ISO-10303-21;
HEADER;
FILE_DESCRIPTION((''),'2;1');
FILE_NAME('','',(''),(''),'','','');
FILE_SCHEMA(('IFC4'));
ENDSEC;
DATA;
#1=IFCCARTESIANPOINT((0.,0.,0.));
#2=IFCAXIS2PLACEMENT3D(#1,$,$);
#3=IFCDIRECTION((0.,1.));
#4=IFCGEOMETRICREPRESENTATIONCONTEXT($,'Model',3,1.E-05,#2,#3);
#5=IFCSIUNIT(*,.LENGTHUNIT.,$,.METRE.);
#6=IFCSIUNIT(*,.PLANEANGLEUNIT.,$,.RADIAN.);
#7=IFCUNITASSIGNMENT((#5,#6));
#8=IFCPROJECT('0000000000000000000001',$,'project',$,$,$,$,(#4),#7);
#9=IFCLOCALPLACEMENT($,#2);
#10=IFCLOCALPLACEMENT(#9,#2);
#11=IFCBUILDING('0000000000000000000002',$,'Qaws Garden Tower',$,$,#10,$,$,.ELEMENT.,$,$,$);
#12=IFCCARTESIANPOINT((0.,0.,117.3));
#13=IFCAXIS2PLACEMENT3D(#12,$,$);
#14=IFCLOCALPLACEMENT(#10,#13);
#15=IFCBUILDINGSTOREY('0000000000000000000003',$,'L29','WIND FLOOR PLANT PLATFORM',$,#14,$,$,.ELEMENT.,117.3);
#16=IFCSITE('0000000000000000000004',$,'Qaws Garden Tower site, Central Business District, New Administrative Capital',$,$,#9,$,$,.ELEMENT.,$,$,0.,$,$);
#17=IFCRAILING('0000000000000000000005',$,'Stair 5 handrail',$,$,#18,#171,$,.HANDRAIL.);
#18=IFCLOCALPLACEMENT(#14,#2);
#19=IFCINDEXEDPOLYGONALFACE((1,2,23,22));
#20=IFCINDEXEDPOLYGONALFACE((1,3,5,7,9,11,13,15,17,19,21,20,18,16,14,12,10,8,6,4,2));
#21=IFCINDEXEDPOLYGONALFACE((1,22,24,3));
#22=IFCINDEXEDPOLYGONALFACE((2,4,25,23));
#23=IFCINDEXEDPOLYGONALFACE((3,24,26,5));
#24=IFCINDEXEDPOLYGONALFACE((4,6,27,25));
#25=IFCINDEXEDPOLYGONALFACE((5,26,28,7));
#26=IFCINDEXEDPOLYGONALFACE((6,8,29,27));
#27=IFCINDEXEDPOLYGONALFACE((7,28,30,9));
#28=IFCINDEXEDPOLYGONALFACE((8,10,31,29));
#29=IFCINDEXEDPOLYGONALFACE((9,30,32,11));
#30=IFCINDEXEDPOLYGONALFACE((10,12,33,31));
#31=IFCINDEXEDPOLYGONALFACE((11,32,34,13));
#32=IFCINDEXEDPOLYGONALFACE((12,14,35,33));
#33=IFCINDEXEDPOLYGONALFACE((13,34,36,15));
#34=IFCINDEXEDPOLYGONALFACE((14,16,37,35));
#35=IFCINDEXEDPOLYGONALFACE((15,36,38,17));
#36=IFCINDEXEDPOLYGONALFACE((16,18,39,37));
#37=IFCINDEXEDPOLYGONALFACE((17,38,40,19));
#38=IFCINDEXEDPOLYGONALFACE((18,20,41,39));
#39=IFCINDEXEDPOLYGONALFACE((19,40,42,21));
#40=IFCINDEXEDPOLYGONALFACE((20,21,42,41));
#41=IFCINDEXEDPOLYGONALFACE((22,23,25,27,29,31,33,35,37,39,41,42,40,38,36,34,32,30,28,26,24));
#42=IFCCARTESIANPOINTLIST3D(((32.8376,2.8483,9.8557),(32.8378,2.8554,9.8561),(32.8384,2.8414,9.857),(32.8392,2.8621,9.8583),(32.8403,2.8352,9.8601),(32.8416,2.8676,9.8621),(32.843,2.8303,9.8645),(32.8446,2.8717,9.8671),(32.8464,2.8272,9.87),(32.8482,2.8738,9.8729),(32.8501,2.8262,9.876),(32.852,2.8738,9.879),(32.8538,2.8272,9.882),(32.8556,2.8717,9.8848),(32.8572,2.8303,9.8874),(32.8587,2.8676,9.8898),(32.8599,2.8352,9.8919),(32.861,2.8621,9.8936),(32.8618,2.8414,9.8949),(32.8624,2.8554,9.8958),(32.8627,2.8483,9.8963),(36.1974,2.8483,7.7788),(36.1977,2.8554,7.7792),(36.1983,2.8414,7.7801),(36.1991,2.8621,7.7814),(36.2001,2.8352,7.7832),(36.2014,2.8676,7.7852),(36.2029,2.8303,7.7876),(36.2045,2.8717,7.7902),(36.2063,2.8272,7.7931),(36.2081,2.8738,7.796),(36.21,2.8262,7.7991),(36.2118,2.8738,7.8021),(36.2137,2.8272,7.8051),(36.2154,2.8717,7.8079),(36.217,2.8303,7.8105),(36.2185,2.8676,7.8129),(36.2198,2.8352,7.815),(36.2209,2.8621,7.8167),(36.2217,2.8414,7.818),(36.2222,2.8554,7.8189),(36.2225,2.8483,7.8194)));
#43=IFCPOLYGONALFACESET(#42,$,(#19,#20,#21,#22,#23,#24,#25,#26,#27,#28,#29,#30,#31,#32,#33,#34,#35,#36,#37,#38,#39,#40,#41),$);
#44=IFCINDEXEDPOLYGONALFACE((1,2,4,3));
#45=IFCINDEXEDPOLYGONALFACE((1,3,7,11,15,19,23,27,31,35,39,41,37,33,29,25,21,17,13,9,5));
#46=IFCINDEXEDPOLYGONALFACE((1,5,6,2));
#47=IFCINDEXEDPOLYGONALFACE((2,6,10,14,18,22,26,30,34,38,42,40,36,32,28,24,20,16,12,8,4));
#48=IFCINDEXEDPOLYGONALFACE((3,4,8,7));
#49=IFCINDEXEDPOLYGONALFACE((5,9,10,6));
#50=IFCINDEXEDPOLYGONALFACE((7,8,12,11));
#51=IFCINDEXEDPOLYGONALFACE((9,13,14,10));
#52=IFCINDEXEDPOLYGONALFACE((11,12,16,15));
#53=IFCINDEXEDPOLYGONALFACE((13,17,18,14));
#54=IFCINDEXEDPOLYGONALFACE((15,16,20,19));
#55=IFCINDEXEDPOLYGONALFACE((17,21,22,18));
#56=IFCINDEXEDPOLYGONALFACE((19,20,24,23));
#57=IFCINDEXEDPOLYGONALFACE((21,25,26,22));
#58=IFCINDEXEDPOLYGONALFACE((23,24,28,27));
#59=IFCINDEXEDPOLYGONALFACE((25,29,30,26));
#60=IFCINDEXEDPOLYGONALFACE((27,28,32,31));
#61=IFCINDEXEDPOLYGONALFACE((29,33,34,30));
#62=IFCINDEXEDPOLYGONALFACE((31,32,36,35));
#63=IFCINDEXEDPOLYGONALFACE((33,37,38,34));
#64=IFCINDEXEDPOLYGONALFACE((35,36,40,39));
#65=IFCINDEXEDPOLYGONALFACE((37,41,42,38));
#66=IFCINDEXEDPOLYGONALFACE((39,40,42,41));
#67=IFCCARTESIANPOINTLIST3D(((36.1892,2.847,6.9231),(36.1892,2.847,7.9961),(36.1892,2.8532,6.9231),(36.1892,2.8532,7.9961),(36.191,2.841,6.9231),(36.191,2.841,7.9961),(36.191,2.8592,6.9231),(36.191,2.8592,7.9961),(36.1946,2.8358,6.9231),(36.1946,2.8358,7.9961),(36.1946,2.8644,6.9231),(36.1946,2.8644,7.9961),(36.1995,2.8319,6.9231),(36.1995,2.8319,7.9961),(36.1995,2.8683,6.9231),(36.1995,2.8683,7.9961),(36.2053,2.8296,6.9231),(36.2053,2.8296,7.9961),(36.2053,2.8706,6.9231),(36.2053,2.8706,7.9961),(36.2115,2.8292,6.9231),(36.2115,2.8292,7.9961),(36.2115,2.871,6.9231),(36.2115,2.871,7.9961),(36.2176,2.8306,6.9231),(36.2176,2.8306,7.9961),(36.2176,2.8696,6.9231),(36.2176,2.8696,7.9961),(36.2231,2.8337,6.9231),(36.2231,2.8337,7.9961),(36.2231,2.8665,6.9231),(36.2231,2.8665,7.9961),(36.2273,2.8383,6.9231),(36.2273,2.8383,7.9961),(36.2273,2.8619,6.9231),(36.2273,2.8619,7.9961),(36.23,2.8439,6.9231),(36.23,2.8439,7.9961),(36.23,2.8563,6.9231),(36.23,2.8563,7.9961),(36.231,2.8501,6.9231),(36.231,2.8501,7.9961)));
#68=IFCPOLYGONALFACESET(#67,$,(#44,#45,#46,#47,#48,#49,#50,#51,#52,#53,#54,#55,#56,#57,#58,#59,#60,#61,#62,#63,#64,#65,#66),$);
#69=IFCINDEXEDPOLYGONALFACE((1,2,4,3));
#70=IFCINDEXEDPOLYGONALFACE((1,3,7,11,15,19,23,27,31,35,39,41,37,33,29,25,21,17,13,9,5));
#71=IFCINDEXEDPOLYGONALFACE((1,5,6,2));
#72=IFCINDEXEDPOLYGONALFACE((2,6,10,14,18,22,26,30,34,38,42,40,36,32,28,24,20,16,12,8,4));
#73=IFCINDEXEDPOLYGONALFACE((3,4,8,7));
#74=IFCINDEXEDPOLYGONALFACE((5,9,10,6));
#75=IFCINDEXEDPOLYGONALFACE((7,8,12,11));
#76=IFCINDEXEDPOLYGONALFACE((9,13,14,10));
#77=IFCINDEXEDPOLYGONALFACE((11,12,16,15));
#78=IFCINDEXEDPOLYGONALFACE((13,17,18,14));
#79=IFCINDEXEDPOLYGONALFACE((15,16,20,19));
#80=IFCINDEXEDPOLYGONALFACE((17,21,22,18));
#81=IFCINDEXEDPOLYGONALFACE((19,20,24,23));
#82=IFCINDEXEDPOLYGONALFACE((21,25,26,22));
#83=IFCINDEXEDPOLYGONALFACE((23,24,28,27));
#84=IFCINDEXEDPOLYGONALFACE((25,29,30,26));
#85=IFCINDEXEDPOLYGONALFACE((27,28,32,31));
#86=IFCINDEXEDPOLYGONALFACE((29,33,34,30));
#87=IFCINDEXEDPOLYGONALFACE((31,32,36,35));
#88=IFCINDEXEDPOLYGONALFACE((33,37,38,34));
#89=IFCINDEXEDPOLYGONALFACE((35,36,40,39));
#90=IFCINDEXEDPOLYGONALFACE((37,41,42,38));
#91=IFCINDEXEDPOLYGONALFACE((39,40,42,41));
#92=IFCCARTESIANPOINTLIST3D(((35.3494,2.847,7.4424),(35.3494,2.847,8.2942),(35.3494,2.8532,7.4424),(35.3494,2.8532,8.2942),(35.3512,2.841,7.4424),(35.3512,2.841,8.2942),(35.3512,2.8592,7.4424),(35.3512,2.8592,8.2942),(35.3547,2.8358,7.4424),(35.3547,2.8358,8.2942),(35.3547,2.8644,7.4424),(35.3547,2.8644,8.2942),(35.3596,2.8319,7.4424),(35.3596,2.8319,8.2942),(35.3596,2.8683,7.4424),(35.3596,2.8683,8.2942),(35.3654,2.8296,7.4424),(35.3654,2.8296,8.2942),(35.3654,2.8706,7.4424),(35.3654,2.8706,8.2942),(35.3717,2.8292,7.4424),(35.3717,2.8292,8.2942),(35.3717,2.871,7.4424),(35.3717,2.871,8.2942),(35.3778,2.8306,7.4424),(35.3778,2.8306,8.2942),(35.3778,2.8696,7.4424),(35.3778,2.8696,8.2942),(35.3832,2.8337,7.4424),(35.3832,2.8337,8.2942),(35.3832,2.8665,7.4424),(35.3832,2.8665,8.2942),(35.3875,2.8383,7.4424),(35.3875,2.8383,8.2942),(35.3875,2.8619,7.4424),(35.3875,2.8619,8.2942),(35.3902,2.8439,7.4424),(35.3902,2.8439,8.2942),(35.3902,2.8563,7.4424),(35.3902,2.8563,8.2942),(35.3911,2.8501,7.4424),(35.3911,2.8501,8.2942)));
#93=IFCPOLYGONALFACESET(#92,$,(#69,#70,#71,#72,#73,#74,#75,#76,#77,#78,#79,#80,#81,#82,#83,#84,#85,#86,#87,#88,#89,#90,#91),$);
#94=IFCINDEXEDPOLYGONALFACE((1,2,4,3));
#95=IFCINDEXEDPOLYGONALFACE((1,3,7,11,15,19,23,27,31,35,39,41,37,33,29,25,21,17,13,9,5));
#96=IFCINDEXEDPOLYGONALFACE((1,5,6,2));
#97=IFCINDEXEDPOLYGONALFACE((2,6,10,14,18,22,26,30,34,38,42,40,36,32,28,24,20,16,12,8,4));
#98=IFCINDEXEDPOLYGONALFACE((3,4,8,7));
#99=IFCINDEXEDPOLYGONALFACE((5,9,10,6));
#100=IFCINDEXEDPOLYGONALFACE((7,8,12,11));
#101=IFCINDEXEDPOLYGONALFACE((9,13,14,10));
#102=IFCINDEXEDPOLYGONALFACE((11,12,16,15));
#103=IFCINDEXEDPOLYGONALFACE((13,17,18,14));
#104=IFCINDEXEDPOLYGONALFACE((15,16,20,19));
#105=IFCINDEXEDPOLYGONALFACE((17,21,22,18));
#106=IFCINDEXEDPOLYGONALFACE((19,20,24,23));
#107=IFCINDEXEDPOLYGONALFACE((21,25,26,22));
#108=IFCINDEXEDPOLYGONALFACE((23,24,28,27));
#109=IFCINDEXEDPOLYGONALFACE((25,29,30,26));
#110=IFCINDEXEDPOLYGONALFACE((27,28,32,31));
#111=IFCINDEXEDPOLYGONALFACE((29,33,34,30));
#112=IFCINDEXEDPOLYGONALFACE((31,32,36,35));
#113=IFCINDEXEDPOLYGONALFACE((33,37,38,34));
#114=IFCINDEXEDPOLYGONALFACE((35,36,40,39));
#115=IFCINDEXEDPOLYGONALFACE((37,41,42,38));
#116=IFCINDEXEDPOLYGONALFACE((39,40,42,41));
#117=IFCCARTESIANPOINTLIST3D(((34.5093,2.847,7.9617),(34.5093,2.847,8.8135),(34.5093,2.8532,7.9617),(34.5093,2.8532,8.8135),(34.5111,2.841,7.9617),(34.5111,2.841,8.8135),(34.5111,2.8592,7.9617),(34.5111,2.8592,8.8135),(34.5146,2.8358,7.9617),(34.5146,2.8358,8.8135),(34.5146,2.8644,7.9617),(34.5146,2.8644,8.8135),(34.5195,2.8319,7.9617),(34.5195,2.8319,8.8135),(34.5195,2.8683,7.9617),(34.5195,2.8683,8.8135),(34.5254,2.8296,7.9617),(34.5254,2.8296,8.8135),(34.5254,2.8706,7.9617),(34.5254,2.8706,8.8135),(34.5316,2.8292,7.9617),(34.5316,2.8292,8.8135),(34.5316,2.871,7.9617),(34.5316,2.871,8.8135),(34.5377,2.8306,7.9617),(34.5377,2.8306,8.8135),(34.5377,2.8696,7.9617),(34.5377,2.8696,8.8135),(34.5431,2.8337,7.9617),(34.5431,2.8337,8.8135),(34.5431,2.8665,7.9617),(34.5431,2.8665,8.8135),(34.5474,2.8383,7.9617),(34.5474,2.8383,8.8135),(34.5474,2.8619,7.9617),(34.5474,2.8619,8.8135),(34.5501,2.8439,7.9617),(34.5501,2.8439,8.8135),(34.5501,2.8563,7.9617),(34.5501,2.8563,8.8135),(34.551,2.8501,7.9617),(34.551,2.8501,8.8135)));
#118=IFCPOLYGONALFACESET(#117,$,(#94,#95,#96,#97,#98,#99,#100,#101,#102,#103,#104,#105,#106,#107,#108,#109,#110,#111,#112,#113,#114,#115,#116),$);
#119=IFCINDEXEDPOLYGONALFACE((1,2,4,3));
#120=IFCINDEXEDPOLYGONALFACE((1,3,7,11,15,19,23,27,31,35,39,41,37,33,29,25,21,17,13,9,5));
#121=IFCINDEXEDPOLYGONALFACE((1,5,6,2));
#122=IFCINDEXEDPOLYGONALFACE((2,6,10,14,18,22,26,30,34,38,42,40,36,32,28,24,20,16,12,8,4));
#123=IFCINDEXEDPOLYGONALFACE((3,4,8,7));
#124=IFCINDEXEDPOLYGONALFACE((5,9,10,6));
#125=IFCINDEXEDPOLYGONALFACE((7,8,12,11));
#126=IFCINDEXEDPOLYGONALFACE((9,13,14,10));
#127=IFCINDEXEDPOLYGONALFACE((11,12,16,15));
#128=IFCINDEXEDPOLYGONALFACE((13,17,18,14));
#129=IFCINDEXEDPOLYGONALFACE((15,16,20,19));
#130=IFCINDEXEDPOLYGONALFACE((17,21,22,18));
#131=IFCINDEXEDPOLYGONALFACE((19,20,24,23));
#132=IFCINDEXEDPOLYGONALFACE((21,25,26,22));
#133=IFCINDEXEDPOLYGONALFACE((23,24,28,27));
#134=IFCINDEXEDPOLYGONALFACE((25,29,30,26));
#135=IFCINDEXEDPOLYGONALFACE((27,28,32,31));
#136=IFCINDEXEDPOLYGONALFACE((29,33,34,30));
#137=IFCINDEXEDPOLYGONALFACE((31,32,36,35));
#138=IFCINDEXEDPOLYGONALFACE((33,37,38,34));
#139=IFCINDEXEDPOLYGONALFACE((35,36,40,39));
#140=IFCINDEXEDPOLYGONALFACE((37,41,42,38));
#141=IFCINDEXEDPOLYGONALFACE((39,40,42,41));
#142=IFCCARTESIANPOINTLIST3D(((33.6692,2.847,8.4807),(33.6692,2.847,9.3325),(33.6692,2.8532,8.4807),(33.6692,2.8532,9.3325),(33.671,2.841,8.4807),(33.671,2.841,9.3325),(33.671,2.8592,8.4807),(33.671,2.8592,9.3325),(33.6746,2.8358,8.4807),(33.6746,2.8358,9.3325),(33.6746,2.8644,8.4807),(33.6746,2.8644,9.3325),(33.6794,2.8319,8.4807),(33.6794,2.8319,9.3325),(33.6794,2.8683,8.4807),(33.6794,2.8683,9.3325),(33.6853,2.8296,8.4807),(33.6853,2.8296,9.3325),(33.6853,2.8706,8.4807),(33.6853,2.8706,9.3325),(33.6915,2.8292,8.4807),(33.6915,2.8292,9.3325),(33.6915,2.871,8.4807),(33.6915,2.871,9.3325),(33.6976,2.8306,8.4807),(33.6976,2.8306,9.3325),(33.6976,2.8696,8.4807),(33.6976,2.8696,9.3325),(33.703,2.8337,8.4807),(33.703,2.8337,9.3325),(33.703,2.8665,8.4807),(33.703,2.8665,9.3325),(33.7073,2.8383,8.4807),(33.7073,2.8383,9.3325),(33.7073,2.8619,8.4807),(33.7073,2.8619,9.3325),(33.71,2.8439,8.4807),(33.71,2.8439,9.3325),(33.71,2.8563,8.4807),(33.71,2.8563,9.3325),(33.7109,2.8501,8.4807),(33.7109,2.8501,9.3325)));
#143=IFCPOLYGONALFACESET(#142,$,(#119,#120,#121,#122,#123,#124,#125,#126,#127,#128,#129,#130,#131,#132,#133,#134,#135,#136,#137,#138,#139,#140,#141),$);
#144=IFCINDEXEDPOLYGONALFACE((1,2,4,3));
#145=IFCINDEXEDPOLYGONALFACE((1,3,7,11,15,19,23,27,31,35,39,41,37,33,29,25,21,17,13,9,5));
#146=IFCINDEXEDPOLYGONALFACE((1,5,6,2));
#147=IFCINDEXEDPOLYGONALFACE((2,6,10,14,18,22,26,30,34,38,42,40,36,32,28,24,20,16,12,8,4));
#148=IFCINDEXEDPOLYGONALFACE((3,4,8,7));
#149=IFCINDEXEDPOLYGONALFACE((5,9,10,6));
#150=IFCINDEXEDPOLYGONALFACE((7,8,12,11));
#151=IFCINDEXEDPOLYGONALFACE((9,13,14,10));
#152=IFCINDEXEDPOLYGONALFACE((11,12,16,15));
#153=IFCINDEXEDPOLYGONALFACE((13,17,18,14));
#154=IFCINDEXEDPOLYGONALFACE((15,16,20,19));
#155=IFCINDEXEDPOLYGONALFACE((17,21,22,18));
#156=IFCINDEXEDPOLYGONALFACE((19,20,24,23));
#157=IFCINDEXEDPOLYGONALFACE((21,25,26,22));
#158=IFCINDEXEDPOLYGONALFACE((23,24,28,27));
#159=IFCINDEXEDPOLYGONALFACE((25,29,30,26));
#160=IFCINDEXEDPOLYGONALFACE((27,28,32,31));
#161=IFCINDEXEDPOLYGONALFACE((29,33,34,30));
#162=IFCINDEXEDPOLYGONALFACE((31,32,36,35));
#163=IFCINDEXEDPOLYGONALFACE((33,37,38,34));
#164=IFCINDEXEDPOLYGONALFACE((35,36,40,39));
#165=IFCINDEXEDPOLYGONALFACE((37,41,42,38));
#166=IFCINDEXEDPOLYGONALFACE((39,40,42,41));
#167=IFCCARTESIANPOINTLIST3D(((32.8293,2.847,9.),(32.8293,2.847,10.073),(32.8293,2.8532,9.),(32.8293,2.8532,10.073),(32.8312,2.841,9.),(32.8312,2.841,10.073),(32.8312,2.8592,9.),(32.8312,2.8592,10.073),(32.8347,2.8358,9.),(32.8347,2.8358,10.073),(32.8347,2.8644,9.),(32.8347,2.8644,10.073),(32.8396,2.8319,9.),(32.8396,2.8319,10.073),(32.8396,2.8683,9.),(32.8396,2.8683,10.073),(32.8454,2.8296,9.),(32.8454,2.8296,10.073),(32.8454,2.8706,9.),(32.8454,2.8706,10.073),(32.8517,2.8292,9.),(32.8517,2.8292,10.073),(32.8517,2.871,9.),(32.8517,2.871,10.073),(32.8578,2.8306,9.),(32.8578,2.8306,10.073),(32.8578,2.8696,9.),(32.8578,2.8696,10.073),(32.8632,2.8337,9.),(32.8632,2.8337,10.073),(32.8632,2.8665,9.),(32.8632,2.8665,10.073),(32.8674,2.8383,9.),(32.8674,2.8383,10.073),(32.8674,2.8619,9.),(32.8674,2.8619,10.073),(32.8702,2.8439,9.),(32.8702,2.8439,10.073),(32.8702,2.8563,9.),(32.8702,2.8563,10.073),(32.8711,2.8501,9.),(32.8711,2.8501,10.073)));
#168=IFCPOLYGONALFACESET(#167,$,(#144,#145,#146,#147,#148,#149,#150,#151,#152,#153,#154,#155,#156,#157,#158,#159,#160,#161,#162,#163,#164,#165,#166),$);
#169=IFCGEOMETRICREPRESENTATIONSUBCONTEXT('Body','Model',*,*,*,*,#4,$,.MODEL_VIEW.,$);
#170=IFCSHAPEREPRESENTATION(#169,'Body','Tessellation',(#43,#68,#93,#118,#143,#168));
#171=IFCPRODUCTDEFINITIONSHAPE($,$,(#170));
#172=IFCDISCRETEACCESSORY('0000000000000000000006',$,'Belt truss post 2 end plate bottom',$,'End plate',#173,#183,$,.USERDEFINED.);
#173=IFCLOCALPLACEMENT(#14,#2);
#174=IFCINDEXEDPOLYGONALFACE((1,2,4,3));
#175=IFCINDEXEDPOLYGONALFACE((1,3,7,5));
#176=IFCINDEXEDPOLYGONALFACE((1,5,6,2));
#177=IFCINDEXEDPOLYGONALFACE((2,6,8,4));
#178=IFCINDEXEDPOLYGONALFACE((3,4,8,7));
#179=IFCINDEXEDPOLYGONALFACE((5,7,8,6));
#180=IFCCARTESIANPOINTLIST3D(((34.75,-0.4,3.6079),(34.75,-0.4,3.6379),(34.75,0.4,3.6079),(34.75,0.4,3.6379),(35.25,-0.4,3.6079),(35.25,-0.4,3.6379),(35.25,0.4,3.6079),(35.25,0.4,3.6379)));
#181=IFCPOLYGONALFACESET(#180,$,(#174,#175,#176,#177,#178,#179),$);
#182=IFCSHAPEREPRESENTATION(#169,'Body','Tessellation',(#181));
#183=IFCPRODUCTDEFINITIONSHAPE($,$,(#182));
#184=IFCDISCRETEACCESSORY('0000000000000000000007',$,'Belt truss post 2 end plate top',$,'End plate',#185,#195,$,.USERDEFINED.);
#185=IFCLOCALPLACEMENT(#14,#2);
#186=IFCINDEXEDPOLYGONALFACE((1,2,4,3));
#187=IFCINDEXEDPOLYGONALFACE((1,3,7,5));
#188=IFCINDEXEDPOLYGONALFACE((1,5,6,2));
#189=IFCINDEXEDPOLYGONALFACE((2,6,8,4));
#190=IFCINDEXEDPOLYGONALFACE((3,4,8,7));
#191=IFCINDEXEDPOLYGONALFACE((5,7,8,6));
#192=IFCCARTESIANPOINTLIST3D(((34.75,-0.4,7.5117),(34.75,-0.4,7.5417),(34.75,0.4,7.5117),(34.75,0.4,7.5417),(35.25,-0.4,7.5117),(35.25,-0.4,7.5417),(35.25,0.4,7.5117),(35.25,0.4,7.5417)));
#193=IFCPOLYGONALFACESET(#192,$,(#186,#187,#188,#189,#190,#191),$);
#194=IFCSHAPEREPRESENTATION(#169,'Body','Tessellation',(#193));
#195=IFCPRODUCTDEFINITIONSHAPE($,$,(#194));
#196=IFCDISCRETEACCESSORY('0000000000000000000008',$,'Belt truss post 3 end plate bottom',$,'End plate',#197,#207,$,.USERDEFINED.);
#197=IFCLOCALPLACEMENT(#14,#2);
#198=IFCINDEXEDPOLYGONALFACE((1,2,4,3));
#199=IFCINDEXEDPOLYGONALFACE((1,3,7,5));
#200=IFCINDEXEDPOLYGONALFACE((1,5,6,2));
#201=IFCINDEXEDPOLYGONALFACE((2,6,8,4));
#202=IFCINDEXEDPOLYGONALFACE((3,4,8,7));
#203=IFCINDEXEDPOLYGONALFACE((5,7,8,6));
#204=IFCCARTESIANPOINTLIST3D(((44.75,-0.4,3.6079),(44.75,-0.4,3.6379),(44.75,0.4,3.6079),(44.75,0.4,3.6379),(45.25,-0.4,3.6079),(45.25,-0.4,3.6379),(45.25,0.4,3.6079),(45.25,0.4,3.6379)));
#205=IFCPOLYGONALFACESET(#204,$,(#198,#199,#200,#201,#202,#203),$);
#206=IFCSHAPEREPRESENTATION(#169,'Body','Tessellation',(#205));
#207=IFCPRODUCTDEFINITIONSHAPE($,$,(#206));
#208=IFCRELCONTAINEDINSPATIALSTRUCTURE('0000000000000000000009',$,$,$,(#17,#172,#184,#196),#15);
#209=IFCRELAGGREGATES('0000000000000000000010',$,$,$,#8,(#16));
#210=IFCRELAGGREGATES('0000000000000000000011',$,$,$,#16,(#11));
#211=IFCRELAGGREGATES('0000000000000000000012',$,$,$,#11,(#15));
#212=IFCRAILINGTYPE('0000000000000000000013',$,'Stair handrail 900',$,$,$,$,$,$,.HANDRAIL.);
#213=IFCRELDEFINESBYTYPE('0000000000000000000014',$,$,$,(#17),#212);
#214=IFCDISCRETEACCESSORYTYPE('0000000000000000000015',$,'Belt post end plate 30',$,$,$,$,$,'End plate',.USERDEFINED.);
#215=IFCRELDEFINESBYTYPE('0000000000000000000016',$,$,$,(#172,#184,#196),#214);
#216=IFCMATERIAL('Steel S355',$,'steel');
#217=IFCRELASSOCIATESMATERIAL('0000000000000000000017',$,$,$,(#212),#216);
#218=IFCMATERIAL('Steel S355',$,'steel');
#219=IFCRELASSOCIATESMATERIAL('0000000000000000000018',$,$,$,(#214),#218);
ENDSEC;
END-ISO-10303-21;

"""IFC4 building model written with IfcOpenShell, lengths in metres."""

from ifc_helpers import new_model, si_unit, direction, frame, origin, origin_2d, place, context, subcontext, project, spatial, rectangle, circle, extrude, material, type_object, element, save


model = new_model("IFC4")

# Units and contexts
model_context = context("Model", 3, precision=1e-05, world=origin(), true_north=direction((0.0, 1.0)))
body_context = subcontext(model_context, "Body", "Model", "MODEL_VIEW")
ifc_project = project(units=[si_unit("LENGTHUNIT", "METRE"), si_unit("PLANEANGLEUNIT", "RADIAN")], contexts=[model_context])

# Site, building, storey
site_placement = place(None, origin())
site = spatial("IfcSite", under=ifc_project, at=site_placement, Name="Qaws Garden Tower site, Central Business District, New Administrative Capital", CompositionType="ELEMENT", RefElevation=0.0)
building_placement = place(site_placement, origin())
building = spatial("IfcBuilding", under=site, at=building_placement, Name="Qaws Garden Tower", CompositionType="ELEMENT")
storey_placement = place(building_placement, frame((0.0, 0.0, 117.3)))
storey = spatial("IfcBuildingStorey", under=building, at=storey_placement, Name="L29", Description="WIND FLOOR PLANT PLATFORM", CompositionType="ELEMENT", Elevation=117.3)

# Shared definitions
placement_1 = place(storey_placement, frame((35.0, 0.0, 3.6079), z_axis=(0.0, 0.0, 1.0), x_axis=(1.0, 0.0, 0.0)))
placement_2 = place(storey_placement, frame((45.0, 0.0, 3.6079), z_axis=(0.0, 0.0, 1.0), x_axis=(1.0, 0.0, 0.0)))

# Railing
ifc_material_1 = material(Name="Steel S355", Category="steel")
railing_type_1 = type_object("IfcRailingType", Name="Stair handrail 900", PredefinedType="HANDRAIL", material=ifc_material_1)
for number, where, name in (
    (1, (36.21, 2.8501, 6.9231), "Stair 5 handrail"),
):
    element("IfcRailing", number, at=place(storey_placement, frame(where)), inside=storey, type_object=railing_type_1, Name=name, PredefinedType="HANDRAIL", context=body_context, shape_type="SweptSolid", body=[
        extrude(circle(Radius=0.0239, at=origin_2d()), frame((0.0, 0.0, 0.876), z_axis=(-0.850606, 0.0, 0.525803), x_axis=(0.0, -1.0, 0.0)), (0.0, 0.0, 1.0), 3.95),
        extrude(circle(Radius=0.021, at=origin_2d()), origin(), (0.0, 0.0, 1.0), 1.073),
        extrude(circle(Radius=0.021, at=origin_2d()), frame((-0.8398, 0.0, 0.5193)), (0.0, 0.0, 1.0), 0.8518),
        extrude(circle(Radius=0.021, at=origin_2d()), frame((-1.6799, 0.0, 1.0386)), (0.0, 0.0, 1.0), 0.8518),
        extrude(circle(Radius=0.021, at=origin_2d()), frame((-2.52, 0.0, 1.5576)), (0.0, 0.0, 1.0), 0.8518),
        extrude(circle(Radius=0.021, at=origin_2d()), frame((-3.3599, 0.0, 2.0769)), (0.0, 0.0, 1.0), 1.073),
    ])

# Discrete accessories
ifc_material_2 = material(Name="Steel S355", Category="steel")
discrete_accessory_type = type_object("IfcDiscreteAccessoryType", Name="Belt post end plate 30", ElementType="End plate", PredefinedType="USERDEFINED", material=ifc_material_2)
element("IfcDiscreteAccessory", 2, at=placement_1, inside=storey, type_object=discrete_accessory_type, Name="Belt truss post 2 end plate bottom", ObjectType="End plate", PredefinedType="USERDEFINED", context=body_context, shape_type="SweptSolid", body=[
    extrude(rectangle(XDim=0.5, YDim=0.8, at=origin_2d()), origin(), (0.0, 0.0, 1.0), 0.03),
])
discrete_accessory_1_placement = place(storey_placement, frame((35.0, 0.0, 7.5117), z_axis=(0.0, 0.0, 1.0), x_axis=(1.0, 0.0, 0.0)))
element("IfcDiscreteAccessory", 3, at=discrete_accessory_1_placement, inside=storey, type_object=discrete_accessory_type, Name="Belt truss post 2 end plate top", ObjectType="End plate", PredefinedType="USERDEFINED", context=body_context, shape_type="SweptSolid", body=[
    extrude(rectangle(XDim=0.5, YDim=0.8, at=origin_2d()), origin(), (0.0, 0.0, 1.0), 0.03),
])
element("IfcDiscreteAccessory", 4, at=placement_2, inside=storey, type_object=discrete_accessory_type, Name="Belt truss post 3 end plate bottom", ObjectType="End plate", PredefinedType="USERDEFINED", context=body_context, shape_type="SweptSolid", body=[
    extrude(rectangle(XDim=0.5, YDim=0.8, at=origin_2d()), origin(), (0.0, 0.0, 1.0), 0.03),
])

save(model, "model.ifc")
